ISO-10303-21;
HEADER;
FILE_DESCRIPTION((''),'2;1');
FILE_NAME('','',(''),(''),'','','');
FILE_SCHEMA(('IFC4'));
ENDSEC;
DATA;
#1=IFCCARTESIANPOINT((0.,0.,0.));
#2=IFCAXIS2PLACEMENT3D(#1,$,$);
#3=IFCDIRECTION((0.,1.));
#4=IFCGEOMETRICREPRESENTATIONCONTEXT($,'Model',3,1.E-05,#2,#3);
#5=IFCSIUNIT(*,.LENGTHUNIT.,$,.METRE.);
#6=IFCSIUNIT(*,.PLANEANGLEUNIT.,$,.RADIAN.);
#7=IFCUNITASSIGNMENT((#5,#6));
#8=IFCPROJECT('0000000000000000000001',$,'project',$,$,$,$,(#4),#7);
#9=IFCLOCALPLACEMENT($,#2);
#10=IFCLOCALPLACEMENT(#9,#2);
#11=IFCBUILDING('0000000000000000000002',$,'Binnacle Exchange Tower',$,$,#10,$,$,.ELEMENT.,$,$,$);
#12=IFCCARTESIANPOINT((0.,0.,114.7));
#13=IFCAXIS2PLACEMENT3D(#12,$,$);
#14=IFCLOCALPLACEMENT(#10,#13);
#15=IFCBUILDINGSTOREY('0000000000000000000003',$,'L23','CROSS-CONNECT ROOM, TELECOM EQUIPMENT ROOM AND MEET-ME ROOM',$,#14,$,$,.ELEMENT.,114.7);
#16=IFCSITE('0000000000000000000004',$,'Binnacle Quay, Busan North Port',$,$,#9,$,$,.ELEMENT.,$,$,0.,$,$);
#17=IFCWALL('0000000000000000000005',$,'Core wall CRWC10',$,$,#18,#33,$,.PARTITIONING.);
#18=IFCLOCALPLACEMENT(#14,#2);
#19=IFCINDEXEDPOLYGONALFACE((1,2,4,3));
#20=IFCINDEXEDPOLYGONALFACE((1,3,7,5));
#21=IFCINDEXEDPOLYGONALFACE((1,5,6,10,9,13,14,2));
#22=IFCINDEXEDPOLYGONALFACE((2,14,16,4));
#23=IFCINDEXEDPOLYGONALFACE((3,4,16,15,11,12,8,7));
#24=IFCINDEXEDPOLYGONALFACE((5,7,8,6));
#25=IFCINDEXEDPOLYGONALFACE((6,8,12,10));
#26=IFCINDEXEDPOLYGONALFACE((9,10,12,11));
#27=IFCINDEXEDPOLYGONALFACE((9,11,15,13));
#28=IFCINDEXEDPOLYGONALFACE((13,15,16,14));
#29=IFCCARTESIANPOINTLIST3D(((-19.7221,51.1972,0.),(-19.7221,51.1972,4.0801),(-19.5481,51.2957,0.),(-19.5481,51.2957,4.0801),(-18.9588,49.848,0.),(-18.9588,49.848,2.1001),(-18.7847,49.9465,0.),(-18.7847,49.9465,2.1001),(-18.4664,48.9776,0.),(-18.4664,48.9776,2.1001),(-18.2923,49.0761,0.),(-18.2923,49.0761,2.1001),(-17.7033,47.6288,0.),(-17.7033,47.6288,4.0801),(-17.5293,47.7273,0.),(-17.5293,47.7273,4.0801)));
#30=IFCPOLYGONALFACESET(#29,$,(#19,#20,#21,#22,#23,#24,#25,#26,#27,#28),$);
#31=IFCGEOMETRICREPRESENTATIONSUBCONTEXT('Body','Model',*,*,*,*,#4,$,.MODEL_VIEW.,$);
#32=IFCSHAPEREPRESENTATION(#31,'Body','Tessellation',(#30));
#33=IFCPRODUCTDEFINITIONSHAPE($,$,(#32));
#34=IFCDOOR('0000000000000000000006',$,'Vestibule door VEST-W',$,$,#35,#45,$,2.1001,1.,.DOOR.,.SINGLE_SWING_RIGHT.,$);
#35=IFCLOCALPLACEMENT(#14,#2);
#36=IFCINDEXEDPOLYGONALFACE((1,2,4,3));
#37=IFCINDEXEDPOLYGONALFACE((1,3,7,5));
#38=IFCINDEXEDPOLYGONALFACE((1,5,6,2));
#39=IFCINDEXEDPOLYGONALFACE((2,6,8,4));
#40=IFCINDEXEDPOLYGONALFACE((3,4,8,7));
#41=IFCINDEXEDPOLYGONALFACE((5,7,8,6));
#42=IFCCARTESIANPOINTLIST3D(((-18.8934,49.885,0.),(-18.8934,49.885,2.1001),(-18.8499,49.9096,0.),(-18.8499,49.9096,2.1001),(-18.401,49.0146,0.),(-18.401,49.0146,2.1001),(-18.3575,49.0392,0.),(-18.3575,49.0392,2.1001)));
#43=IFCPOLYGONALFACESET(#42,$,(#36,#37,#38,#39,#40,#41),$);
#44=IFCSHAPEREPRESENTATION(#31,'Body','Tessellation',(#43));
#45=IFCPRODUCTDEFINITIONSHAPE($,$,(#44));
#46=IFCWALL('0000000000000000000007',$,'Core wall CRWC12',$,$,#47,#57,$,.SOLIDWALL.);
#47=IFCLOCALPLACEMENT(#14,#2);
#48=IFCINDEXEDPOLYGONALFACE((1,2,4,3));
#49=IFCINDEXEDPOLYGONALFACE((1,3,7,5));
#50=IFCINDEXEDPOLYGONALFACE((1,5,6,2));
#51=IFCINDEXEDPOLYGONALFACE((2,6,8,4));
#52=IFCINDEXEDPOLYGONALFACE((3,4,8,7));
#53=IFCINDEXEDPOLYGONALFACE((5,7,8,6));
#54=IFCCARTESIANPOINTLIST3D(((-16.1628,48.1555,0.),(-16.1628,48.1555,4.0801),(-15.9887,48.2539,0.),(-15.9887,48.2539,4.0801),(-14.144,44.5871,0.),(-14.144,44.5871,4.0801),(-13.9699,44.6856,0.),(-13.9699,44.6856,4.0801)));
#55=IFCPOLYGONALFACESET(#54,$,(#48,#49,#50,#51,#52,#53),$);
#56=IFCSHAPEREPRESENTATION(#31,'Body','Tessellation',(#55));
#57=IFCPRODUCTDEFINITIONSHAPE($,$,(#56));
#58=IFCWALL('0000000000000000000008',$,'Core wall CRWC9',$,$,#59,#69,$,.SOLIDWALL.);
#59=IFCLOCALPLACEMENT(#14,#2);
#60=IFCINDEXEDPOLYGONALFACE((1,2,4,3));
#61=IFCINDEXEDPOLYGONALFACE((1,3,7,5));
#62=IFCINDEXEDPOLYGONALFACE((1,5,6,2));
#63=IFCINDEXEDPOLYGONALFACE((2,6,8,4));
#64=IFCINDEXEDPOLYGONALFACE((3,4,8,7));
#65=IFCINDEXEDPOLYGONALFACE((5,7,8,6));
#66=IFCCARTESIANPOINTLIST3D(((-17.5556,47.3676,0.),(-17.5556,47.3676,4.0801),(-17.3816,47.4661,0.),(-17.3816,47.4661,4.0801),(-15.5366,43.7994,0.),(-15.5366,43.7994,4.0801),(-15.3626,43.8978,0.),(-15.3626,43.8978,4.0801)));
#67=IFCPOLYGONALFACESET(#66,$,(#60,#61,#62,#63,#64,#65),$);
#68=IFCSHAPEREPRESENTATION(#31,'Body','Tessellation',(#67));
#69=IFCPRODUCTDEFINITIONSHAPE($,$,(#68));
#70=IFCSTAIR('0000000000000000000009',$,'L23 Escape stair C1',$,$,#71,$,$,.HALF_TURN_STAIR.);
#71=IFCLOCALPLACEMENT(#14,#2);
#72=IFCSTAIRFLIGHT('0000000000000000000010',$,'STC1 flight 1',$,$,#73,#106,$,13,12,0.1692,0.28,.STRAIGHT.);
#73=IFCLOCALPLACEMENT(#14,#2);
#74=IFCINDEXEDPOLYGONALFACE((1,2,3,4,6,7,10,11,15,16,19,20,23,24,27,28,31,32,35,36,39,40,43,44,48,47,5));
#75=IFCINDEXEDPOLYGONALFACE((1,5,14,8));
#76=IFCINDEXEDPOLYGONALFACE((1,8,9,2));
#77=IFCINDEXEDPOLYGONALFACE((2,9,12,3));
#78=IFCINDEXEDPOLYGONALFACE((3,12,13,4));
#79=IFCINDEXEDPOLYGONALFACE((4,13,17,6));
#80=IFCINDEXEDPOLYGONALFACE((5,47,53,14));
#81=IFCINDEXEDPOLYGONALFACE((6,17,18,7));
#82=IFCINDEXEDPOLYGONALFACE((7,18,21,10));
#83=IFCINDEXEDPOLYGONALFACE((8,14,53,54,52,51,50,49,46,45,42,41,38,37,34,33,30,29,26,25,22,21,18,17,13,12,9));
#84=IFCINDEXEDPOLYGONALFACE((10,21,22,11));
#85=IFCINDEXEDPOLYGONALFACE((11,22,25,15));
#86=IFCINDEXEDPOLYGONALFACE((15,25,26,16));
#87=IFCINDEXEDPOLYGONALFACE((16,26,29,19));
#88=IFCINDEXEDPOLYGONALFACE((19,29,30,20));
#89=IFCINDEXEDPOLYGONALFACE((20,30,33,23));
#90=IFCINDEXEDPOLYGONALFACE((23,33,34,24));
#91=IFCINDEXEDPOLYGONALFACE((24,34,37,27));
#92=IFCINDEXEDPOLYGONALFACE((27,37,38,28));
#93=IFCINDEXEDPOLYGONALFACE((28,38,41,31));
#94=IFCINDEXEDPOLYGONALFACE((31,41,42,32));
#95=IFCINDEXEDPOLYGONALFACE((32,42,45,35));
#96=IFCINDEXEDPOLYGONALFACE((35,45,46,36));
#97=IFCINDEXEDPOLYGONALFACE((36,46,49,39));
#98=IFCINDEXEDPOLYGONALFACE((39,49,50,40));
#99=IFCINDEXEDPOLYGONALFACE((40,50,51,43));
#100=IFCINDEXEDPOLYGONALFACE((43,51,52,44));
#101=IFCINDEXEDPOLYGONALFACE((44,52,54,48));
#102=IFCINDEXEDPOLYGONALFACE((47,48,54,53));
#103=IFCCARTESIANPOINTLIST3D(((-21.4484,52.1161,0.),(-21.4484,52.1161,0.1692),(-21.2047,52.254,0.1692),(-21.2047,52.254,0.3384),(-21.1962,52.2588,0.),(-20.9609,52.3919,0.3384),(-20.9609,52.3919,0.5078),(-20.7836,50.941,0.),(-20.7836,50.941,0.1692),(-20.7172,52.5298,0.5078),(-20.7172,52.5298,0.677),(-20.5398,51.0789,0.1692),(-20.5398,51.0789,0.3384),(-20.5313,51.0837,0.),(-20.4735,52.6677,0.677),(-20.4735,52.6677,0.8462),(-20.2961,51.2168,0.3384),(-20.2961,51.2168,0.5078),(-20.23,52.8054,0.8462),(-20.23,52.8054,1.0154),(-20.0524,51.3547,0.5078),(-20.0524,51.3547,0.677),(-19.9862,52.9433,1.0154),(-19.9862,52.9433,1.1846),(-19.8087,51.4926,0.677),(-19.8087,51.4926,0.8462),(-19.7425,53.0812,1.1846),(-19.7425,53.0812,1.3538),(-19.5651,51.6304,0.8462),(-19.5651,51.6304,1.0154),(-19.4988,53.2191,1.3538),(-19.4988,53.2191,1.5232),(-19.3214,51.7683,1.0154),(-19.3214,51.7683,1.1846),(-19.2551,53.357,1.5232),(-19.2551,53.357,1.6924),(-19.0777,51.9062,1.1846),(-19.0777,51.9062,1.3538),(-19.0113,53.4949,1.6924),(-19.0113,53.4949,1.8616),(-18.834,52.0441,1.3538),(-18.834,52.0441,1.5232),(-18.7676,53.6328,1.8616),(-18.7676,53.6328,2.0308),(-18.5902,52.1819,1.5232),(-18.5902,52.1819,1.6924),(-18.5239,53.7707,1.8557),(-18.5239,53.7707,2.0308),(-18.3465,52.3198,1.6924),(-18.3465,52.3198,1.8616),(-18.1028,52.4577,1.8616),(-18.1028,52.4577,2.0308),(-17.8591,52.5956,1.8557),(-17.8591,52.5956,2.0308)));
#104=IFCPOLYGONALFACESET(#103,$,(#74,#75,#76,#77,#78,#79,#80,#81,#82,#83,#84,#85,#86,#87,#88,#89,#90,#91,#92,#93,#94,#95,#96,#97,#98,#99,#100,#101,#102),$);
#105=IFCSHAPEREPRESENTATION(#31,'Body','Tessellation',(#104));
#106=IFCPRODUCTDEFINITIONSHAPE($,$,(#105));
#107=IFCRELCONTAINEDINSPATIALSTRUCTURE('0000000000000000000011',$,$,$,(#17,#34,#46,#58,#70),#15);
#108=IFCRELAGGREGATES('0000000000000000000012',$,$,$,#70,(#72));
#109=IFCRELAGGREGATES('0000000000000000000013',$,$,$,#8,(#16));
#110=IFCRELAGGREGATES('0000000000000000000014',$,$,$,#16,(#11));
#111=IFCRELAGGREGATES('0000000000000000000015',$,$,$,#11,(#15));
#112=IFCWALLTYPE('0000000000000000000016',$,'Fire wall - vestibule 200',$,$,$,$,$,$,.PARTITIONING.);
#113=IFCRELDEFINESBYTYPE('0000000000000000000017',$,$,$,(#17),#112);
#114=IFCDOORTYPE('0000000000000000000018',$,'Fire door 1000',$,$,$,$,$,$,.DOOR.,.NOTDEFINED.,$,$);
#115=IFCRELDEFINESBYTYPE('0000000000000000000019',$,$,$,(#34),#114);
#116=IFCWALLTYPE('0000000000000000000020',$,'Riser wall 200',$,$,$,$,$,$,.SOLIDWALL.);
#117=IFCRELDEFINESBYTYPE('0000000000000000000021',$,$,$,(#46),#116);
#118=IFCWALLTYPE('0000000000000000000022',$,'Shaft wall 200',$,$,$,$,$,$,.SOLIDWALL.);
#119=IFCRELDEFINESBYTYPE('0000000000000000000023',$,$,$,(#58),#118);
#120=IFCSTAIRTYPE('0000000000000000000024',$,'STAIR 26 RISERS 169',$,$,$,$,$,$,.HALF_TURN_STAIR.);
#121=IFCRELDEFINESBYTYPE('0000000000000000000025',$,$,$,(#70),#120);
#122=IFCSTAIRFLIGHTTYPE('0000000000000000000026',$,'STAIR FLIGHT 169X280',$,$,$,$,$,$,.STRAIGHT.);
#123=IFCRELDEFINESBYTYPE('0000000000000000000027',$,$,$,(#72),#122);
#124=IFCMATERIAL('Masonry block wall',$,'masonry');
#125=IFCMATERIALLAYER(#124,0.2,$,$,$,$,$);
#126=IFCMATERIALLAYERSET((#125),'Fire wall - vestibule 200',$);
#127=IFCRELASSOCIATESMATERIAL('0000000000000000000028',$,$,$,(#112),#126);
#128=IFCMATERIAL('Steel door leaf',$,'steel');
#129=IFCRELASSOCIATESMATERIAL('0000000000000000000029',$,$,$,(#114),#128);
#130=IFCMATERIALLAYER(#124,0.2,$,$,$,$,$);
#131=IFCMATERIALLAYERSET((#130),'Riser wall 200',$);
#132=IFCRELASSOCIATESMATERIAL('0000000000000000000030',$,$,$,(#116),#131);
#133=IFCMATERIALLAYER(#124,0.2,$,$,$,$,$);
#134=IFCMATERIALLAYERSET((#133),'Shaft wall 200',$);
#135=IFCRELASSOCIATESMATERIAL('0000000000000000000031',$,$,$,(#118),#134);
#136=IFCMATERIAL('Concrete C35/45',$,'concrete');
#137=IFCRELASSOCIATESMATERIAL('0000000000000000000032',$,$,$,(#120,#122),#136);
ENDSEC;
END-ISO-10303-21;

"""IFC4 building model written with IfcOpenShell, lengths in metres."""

from ifc_helpers import new_model, si_unit, direction, frame, frame_2d, origin, place, context, subcontext, project, spatial, polyline, rectangle, outline, extrude, material, layer, layer_set, type_object, element, fill, aggregate, save


model = new_model("IFC4")

# Units and contexts
model_context = context("Model", 3, precision=1e-05, world=origin(), true_north=direction((0.0, 1.0)))
body_context = subcontext(model_context, "Body", "Model", "MODEL_VIEW")
ifc_project = project(units=[si_unit("LENGTHUNIT", "METRE"), si_unit("PLANEANGLEUNIT", "RADIAN")], contexts=[model_context])

# Site, building, storey
site_placement = place(None, origin())
site = spatial("IfcSite", under=ifc_project, at=site_placement, Name="Binnacle Quay, Busan North Port", CompositionType="ELEMENT", RefElevation=0.0)
building_placement = place(site_placement, origin())
building = spatial("IfcBuilding", under=site, at=building_placement, Name="Binnacle Exchange Tower", CompositionType="ELEMENT")
storey_placement = place(building_placement, frame((0.0, 0.0, 114.7)))
storey = spatial("IfcBuildingStorey", under=building, at=storey_placement, Name="L23", Description="CROSS-CONNECT ROOM, TELECOM EQUIPMENT ROOM AND MEET-ME ROOM", CompositionType="ELEMENT", Elevation=114.7)

# Shared definitions
ifc_material_1 = material(Name="Steel door leaf", Category="steel")

# Wall, opening, door
ifc_material_2 = material(Name="Masonry block wall", Category="masonry")
ifc_layer_1 = layer(ifc_material_2, 0.2)
ifc_layer_set_1 = layer_set([ifc_layer_1], Name="Fire wall - vestibule 200")
wall_type_1 = type_object("IfcWallType", Name="Fire wall - vestibule 200", PredefinedType="PARTITIONING", material=ifc_layer_set_1)
wall_1_placement = place(storey_placement, frame((-19.635, 51.2463, 0.0), z_axis=(0.0, 0.0, 1.0), x_axis=(0.492408, -0.870364, 0.0)))
wall_1 = element("IfcWall", 1, at=wall_1_placement, inside=storey, type_object=wall_type_1, Name="Core wall CRWC10", PredefinedType="PARTITIONING", context=body_context, shape_type="SweptSolid", body=[
    extrude(rectangle(XDim=4.0999, YDim=0.2, at=frame_2d((2.0498, 0.0))), origin(), (0.0, 0.0, 1.0), 4.0801),
])
opening_1_placement = place(wall_1_placement, frame((1.55, 0.0, 0.0)))
opening_1 = element("IfcOpeningElement", 2, at=opening_1_placement, cuts=wall_1, PredefinedType="OPENING", context=body_context, shape_type="SweptSolid", body=[
    extrude(rectangle(XDim=1.0, YDim=2.1001, at=frame_2d((0.5, 1.05))), frame((0.0, 0.1099, 0.0), z_axis=(0.0, -1.0, 0.0), x_axis=(1.0, 0.0, 0.0)), (0.0, 0.0, 1.0), 0.22),
])
door_type_1 = type_object("IfcDoorType", Name="Fire door 1000", OperationType="NOTDEFINED", PredefinedType="DOOR", material=ifc_material_1)
door_1_placement = place(opening_1_placement, frame((1.0, 0.0, 0.0), z_axis=(0.0, 0.0, 1.0), x_axis=(-1.0, 0.0, 0.0)))
door_1 = element("IfcDoor", 3, at=door_1_placement, inside=storey, type_object=door_type_1, Name="Vestibule door VEST-W", OperationType="SINGLE_SWING_RIGHT", OverallHeight=2.1001, OverallWidth=1.0, PredefinedType="DOOR", context=body_context, shape_type="SweptSolid", body=[
    extrude(rectangle(XDim=1.0, YDim=2.1001, at=frame_2d((0.5, 1.05))), frame((0.0, 0.0249, 0.0), z_axis=(0.0, -1.0, 0.0), x_axis=(1.0, 0.0, 0.0)), (0.0, 0.0, 1.0), 0.05),
])
fill(opening_1, door_1)

# Walls
ifc_layer_2 = layer(ifc_material_2, 0.2)
ifc_layer_set_2 = layer_set([ifc_layer_2], Name="Riser wall 200")
wall_type_2 = type_object("IfcWallType", Name="Riser wall 200", PredefinedType="SOLIDWALL", material=ifc_layer_set_2)
wall_2_placement = place(storey_placement, frame((-16.0757, 48.2046, 0.0), z_axis=(0.0, 0.0, 1.0), x_axis=(0.492408, -0.870364, 0.0)))
element("IfcWall", 4, at=wall_2_placement, inside=storey, type_object=wall_type_2, Name="Core wall CRWC12", PredefinedType="SOLIDWALL", context=body_context, shape_type="SweptSolid", body=[
    extrude(rectangle(XDim=4.0999, YDim=0.2, at=frame_2d((2.0498, 0.0))), origin(), (0.0, 0.0, 1.0), 4.0801),
])
ifc_layer_3 = layer(ifc_material_2, 0.2)
ifc_layer_set_3 = layer_set([ifc_layer_3], Name="Shaft wall 200")
wall_type_3 = type_object("IfcWallType", Name="Shaft wall 200", PredefinedType="SOLIDWALL", material=ifc_layer_set_3)
wall_3_placement = place(storey_placement, frame((-17.4685, 47.4167, 0.0), z_axis=(0.0, 0.0, 1.0), x_axis=(0.492454, -0.870339, 0.0)))
element("IfcWall", 5, at=wall_3_placement, inside=storey, type_object=wall_type_3, Name="Core wall CRWC9", PredefinedType="SOLIDWALL", context=body_context, shape_type="SweptSolid", body=[
    extrude(rectangle(XDim=4.0999, YDim=0.2, at=frame_2d((2.0498, 0.0))), origin(), (0.0, 0.0, 1.0), 4.0801),
])

# Stair, stair flight
ifc_material_3 = material(Name="Concrete C35/45", Category="concrete")
stair_type = type_object("IfcStairType", Name="STAIR 26 RISERS 169", PredefinedType="HALF_TURN_STAIR", material=ifc_material_3)
stair_placement = place(storey_placement, origin())
stair = element("IfcStair", 6, at=stair_placement, inside=storey, type_object=stair_type, Name="L23 Escape stair C1", PredefinedType="HALF_TURN_STAIR")
stair_flight_type = type_object("IfcStairFlightType", Name="STAIR FLIGHT 169X280", PredefinedType="STRAIGHT", material=ifc_material_3)
stair_flight_placement = place(storey_placement, frame((-21.116, 51.5286, 0.0), z_axis=(0.0, 0.0, 1.0), x_axis=(0.870356, 0.492424, 0.0)))
stair_flight = element("IfcStairFlight", 7, at=stair_flight_placement, type_object=stair_flight_type, Name="STC1 flight 1", NumberOfRisers=13, NumberOfTreads=12, PredefinedType="STRAIGHT", RiserHeight=0.1692, TreadLength=0.28, context=body_context, shape_type="SweptSolid", body=[
    extrude(outline(polyline([(0.0, 0.0), (0.0, 0.1692), (0.28, 0.1692), (0.28, 0.3384), (0.5601, 0.3384), (0.5601, 0.5078), (0.8401, 0.5078), (0.8401, 0.677), (1.1201, 0.677), (1.1201, 0.8462), (1.3999, 0.8462), (1.3999, 1.0154), (1.6799, 1.0154), (1.6799, 1.1846), (1.96, 1.1846), (1.96, 1.3538), (2.24, 1.3538), (2.24, 1.5232), (2.52, 1.5232), (2.52, 1.6924), (2.8, 1.6924), (2.8, 1.8616), (3.0801, 1.8616), (3.0801, 2.0308), (3.3601, 2.0308), (3.3601, 2.2), (3.3601, 1.8557), (0.2898, 0.0), (0.0, 0.0)])), frame((0.0, 0.675, 0.0), z_axis=(0.0, -1.0, 0.0), x_axis=(1.0, 0.0, 0.0)), (0.0, 0.0, 1.0), 1.3501),
])
aggregate(stair, [stair_flight])

save(model, "model.ifc")
